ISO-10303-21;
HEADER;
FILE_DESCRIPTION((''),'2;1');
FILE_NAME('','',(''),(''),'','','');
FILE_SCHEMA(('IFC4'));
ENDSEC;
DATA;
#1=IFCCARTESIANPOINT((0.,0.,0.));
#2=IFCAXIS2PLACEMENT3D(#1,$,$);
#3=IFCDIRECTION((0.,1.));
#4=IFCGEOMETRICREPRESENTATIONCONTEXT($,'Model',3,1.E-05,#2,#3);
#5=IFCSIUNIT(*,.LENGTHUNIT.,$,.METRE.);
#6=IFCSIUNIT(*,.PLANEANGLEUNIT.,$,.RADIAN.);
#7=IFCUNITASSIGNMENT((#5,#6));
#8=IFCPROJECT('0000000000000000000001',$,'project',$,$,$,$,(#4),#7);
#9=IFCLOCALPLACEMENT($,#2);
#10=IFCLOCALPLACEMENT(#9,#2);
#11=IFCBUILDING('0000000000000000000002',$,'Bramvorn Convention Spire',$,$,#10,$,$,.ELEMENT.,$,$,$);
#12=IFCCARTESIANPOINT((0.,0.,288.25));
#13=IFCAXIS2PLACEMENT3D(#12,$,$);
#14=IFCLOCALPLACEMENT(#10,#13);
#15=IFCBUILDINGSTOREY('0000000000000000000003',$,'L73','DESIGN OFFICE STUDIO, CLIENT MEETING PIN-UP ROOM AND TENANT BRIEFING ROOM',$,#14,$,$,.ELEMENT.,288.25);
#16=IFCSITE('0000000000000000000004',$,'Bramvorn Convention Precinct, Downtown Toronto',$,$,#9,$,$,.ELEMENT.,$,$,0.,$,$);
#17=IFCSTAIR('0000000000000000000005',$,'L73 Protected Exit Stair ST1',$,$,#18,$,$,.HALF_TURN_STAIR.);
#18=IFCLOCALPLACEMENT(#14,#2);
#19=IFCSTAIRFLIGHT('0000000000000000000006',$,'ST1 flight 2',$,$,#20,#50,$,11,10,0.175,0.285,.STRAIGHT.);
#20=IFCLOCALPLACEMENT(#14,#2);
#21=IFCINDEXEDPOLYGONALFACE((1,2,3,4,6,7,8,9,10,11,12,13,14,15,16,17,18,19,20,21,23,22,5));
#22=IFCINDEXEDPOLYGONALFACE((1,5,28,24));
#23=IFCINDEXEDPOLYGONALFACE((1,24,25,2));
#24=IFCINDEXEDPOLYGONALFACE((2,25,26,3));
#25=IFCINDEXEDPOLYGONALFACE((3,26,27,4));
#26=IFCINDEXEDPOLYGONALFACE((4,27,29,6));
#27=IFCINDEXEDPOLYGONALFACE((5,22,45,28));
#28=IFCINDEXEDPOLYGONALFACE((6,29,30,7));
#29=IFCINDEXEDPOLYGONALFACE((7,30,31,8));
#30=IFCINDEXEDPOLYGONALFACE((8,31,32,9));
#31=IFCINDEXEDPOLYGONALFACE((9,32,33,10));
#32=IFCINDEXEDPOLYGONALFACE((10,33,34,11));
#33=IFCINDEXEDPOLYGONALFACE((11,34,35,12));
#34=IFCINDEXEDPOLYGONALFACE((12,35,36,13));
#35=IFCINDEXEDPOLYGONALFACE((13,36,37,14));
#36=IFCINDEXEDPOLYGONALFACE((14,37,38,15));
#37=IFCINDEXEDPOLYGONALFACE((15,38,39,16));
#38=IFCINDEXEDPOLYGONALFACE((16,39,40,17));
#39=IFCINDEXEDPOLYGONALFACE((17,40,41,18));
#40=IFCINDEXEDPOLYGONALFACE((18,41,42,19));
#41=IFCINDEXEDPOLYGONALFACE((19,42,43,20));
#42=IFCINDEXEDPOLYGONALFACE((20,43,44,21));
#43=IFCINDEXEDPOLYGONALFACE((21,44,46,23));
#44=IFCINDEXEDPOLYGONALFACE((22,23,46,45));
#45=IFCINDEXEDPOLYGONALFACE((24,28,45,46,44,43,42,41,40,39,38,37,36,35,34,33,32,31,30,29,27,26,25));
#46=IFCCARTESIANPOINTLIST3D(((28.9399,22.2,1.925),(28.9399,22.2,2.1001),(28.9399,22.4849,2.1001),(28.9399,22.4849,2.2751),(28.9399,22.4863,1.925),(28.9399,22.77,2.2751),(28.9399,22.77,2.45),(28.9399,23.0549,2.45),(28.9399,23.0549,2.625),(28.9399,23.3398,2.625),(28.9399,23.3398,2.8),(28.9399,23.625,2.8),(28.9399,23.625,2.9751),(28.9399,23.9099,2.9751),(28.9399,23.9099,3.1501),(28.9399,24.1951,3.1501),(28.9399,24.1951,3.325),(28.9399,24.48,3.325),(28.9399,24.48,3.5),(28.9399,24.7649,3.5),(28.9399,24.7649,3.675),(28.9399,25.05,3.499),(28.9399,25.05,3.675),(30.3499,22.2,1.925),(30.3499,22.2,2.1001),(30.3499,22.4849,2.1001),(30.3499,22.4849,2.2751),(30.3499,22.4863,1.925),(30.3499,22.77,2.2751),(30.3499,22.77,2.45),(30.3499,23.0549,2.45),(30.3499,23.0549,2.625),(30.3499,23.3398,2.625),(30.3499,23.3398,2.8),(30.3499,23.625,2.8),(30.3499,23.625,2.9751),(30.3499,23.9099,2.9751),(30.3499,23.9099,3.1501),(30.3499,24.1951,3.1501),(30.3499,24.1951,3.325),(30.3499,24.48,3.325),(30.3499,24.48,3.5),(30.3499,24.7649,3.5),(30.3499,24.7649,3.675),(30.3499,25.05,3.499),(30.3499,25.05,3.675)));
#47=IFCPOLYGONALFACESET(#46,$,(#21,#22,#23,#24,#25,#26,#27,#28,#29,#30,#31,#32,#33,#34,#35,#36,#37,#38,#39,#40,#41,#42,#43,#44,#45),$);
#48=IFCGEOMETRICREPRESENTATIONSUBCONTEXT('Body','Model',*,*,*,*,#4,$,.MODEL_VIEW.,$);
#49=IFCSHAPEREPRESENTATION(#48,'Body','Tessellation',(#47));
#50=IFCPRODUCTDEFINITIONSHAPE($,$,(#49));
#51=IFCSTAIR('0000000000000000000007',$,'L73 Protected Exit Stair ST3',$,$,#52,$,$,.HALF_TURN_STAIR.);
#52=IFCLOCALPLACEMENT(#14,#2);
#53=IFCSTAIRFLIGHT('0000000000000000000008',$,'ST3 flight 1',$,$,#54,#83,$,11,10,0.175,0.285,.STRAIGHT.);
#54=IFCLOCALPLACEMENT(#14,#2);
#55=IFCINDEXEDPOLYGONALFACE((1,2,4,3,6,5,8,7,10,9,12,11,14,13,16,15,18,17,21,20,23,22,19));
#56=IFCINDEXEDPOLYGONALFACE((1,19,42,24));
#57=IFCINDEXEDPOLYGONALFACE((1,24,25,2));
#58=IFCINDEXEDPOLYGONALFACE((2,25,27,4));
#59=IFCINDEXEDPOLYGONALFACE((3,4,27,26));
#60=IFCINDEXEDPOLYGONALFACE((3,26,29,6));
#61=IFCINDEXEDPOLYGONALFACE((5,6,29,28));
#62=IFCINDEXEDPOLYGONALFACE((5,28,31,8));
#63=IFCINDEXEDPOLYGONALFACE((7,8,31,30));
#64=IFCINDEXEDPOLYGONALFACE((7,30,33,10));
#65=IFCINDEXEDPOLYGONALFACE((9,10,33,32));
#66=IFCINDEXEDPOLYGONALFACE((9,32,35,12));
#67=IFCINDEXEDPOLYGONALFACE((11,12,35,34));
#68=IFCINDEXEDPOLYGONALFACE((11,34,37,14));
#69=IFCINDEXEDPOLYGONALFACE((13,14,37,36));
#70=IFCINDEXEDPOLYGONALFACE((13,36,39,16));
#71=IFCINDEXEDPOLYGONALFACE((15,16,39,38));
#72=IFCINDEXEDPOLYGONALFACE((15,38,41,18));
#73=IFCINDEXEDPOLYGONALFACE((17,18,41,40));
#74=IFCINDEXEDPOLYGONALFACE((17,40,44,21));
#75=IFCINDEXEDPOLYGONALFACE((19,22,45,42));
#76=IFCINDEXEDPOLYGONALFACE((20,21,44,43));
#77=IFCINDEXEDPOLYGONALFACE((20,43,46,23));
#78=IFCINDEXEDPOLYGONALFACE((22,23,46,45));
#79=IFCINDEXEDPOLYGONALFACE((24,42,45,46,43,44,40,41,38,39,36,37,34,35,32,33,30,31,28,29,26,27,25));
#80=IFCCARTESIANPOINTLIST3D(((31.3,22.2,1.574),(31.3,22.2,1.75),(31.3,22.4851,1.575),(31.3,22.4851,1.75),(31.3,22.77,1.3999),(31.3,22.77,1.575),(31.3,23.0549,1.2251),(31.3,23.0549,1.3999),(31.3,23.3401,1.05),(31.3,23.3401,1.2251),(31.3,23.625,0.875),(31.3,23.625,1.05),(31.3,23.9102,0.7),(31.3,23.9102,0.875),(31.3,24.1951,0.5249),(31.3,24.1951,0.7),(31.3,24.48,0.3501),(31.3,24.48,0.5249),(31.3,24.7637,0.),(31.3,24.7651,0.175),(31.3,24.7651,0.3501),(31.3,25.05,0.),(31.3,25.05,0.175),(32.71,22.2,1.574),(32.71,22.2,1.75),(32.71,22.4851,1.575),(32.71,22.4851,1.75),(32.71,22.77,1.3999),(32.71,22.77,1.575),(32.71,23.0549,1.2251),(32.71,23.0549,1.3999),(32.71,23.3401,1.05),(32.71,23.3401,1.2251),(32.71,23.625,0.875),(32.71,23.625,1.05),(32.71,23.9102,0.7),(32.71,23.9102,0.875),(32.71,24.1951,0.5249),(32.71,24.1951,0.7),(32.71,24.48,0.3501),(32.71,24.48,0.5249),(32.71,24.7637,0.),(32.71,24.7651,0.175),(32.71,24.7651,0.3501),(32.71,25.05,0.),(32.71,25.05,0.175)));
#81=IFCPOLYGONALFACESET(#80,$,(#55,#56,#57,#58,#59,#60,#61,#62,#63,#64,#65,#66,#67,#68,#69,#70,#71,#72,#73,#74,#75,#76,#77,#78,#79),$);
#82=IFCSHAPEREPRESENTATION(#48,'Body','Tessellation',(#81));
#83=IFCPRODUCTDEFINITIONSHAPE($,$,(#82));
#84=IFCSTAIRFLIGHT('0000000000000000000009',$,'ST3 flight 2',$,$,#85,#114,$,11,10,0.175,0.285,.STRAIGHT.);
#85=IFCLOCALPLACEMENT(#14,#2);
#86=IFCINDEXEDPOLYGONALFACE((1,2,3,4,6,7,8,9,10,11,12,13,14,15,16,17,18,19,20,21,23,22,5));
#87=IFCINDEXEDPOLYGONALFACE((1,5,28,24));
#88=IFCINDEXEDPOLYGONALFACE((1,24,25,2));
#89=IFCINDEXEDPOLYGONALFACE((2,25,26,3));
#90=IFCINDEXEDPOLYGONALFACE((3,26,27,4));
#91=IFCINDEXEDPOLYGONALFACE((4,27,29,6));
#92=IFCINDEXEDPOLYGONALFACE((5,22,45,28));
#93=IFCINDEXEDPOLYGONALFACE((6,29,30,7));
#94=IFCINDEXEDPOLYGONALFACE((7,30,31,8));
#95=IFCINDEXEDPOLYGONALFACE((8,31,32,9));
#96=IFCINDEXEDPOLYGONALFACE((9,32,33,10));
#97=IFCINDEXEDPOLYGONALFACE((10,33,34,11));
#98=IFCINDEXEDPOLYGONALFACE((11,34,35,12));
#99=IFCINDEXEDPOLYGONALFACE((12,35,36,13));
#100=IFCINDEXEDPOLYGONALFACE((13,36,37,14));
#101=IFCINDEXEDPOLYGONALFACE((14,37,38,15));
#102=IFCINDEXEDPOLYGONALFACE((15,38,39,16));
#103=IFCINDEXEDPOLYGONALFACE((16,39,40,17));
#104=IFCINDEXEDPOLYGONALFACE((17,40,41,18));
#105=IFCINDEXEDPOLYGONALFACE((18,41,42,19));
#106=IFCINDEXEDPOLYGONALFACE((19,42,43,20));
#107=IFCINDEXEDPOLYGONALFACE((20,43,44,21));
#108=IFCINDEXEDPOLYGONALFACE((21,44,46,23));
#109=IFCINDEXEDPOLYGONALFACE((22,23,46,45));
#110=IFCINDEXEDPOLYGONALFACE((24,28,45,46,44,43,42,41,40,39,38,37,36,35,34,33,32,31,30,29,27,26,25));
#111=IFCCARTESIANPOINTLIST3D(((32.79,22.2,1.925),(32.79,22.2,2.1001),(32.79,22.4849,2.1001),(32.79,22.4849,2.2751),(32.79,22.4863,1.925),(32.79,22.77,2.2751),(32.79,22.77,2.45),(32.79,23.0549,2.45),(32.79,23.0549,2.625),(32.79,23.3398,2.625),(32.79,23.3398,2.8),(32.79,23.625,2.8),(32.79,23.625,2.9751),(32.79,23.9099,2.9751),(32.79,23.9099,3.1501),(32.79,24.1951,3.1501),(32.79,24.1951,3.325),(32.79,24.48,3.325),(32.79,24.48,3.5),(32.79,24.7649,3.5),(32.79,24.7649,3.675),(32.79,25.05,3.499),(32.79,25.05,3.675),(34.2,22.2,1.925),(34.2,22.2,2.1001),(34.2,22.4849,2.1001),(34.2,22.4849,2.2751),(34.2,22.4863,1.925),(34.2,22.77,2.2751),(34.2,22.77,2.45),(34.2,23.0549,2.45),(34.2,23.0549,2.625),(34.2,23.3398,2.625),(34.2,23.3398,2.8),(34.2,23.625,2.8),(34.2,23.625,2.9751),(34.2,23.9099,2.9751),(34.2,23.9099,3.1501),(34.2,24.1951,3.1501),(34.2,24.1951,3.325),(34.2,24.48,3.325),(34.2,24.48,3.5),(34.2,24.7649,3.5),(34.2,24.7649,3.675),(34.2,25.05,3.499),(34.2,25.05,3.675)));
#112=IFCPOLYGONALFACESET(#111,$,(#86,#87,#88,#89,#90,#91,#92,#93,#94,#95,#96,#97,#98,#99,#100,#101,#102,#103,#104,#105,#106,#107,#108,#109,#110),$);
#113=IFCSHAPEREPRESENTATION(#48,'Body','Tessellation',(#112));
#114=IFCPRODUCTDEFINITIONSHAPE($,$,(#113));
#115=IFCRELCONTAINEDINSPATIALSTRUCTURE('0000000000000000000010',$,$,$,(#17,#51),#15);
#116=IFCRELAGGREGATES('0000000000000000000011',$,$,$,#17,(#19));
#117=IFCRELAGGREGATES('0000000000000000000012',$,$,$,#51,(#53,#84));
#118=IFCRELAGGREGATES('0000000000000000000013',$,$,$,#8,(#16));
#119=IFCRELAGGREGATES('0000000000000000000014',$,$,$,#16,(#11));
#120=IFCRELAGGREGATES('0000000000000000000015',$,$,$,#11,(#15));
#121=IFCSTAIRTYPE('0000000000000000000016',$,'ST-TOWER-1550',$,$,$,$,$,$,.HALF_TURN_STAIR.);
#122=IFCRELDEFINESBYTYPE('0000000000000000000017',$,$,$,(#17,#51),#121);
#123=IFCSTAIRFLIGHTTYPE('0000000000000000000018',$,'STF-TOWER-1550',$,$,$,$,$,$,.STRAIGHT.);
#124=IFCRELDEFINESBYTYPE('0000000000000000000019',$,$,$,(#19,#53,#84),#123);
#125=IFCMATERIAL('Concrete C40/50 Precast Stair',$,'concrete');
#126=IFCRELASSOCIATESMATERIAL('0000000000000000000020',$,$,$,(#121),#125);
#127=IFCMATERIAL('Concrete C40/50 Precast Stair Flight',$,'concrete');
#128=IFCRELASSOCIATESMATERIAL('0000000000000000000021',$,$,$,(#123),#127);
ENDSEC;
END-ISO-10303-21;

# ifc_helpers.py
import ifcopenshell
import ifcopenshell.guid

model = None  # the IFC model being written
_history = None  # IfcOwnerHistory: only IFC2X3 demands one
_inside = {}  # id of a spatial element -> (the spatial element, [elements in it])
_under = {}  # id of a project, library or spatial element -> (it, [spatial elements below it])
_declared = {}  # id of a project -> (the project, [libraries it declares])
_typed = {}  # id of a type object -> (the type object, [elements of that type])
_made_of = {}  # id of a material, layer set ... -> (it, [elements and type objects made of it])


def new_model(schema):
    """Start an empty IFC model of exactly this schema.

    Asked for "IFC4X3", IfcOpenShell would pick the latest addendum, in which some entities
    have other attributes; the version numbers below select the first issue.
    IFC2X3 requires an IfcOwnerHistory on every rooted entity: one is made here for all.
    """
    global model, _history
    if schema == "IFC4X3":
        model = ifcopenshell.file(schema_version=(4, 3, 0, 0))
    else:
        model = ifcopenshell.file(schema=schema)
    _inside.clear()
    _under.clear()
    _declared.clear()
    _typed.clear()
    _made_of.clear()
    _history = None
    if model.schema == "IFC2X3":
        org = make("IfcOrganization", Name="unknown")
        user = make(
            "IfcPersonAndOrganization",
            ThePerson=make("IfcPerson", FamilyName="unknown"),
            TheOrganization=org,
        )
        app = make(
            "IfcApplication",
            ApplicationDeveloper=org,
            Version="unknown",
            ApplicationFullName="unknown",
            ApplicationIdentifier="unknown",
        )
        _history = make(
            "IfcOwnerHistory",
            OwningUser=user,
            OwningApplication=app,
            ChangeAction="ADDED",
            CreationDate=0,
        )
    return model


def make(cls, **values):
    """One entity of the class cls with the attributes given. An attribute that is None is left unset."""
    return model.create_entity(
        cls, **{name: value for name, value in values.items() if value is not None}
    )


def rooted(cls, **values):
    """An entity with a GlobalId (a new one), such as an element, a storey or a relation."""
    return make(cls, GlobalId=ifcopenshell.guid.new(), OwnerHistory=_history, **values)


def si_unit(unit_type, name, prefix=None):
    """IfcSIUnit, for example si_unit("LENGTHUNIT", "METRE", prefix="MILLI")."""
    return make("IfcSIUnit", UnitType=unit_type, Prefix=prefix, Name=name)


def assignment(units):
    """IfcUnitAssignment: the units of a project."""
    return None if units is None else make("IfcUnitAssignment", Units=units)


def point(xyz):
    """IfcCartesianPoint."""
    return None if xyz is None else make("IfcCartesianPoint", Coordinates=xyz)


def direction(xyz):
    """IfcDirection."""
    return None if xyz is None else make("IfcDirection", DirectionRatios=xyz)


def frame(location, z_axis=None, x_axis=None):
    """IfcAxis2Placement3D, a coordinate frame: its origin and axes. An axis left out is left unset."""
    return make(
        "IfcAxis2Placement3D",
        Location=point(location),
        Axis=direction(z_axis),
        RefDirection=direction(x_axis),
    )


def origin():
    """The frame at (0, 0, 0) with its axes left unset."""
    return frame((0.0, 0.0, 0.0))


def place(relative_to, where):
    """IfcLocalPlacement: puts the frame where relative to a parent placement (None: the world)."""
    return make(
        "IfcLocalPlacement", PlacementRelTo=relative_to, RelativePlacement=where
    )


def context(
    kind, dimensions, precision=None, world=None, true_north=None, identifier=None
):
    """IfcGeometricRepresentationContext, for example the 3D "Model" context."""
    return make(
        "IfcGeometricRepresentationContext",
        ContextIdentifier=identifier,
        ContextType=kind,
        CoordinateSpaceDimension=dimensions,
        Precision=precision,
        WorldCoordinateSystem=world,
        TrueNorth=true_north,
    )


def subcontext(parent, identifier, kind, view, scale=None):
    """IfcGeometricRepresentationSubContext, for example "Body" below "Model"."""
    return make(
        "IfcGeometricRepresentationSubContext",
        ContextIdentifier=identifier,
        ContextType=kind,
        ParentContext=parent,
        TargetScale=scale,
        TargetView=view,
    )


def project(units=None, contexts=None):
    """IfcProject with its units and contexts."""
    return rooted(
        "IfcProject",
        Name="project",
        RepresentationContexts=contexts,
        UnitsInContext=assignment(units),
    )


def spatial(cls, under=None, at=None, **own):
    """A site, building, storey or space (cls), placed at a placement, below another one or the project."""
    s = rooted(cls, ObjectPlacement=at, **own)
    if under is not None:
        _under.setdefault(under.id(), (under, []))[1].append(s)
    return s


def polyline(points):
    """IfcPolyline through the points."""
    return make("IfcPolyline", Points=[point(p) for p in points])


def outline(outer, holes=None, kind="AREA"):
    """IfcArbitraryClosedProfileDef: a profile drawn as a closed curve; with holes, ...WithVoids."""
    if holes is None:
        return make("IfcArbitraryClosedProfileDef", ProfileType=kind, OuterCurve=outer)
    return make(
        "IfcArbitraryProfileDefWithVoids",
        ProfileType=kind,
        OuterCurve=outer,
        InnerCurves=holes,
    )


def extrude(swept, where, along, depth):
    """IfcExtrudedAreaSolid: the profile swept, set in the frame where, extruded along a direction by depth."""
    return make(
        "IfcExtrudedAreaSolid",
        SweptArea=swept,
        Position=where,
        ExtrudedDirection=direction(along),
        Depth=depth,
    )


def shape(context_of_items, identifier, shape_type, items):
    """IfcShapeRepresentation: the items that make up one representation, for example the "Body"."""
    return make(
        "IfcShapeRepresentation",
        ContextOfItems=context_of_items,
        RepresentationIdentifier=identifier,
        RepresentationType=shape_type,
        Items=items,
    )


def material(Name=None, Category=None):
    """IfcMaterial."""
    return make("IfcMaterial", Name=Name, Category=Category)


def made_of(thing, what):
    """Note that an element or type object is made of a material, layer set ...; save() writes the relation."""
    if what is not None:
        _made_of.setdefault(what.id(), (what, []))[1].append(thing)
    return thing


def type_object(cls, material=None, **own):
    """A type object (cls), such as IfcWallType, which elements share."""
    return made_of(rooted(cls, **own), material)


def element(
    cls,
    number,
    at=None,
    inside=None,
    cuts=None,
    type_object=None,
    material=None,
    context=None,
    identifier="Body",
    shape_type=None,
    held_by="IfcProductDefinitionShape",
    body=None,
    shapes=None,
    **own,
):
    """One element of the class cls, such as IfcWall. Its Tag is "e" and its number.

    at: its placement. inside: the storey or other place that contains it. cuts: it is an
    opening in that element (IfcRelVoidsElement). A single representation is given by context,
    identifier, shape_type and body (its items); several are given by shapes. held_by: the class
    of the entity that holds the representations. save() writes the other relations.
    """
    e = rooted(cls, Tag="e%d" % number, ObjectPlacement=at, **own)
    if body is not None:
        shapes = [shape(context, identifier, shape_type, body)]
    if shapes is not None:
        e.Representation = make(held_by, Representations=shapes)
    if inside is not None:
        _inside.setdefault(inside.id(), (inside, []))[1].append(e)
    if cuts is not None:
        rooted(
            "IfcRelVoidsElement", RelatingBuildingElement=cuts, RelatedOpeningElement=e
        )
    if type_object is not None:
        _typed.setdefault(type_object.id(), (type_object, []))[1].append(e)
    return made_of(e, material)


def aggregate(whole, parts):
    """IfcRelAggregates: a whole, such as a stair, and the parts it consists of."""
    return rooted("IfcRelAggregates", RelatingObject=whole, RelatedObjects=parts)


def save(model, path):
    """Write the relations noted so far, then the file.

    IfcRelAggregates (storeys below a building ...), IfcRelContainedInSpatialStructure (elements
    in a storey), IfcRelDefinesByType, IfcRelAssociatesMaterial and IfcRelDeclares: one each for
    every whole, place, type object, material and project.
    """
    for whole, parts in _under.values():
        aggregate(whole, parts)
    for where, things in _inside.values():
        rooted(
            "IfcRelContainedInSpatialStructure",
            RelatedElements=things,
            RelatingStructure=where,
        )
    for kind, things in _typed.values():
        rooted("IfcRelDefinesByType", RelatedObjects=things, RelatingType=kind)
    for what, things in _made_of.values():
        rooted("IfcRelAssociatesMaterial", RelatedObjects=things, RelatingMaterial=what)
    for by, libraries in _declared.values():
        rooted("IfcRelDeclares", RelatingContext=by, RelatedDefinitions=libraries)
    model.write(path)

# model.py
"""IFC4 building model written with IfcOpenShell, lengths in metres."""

from ifc_helpers import new_model, si_unit, direction, frame, origin, place, context, subcontext, project, spatial, polyline, outline, extrude, material, type_object, element, aggregate, save


model = new_model("IFC4")

# Units and contexts
model_context = context("Model", 3, precision=1e-05, world=origin(), true_north=direction((0.0, 1.0)))
body_context = subcontext(model_context, "Body", "Model", "MODEL_VIEW")
ifc_project = project(units=[si_unit("LENGTHUNIT", "METRE"), si_unit("PLANEANGLEUNIT", "RADIAN")], contexts=[model_context])

# Site, building, storey
site_placement = place(None, origin())
site = spatial("IfcSite", under=ifc_project, at=site_placement, Name="Bramvorn Convention Precinct, Downtown Toronto", CompositionType="ELEMENT", RefElevation=0.0)
building_placement = place(site_placement, origin())
building = spatial("IfcBuilding", under=site, at=building_placement, Name="Bramvorn Convention Spire", CompositionType="ELEMENT")
storey_placement = place(building_placement, frame((0.0, 0.0, 288.25)))
storey = spatial("IfcBuildingStorey", under=building, at=storey_placement, Name="L73", Description="DESIGN OFFICE STUDIO, CLIENT MEETING PIN-UP ROOM AND TENANT BRIEFING ROOM", CompositionType="ELEMENT", Elevation=288.25)

# Stairs, stair flights
ifc_material_1 = material(Name="Concrete C40/50 Precast Stair", Category="concrete")
stair_type = type_object("IfcStairType", Name="ST-TOWER-1550", PredefinedType="HALF_TURN_STAIR", material=ifc_material_1)
stair_1_placement = place(storey_placement, origin())
stair_1 = element("IfcStair", 1, at=stair_1_placement, inside=storey, type_object=stair_type, Name="L73 Protected Exit Stair ST1", PredefinedType="HALF_TURN_STAIR")
ifc_material_2 = material(Name="Concrete C40/50 Precast Stair Flight", Category="concrete")
stair_flight_type = type_object("IfcStairFlightType", Name="STF-TOWER-1550", PredefinedType="STRAIGHT", material=ifc_material_2)
stair_flight_1_placement = place(storey_placement, frame((29.645, 22.2, 1.925), z_axis=(0.0, 0.0, 1.0), x_axis=(0.0, 1.0, 0.0)))
stair_flight_1 = element("IfcStairFlight", 2, at=stair_flight_1_placement, type_object=stair_flight_type, Name="ST1 flight 2", NumberOfRisers=11, NumberOfTreads=10, PredefinedType="STRAIGHT", RiserHeight=0.175, TreadLength=0.285, context=body_context, shape_type="SweptSolid", body=[
    extrude(outline(polyline([(0.0, 0.0), (0.0, 0.175), (0.2849, 0.175), (0.2849, 0.3501), (0.5701, 0.3501), (0.5701, 0.5249), (0.855, 0.5249), (0.855, 0.7), (1.1399, 0.7), (1.1399, 0.875), (1.425, 0.875), (1.425, 1.05), (1.71, 1.05), (1.71, 1.2251), (1.9951, 1.2251), (1.9951, 1.3999), (2.28, 1.3999), (2.28, 1.575), (2.5649, 1.575), (2.5649, 1.75), (2.8501, 1.75), (2.8501, 1.925), (2.8501, 1.574), (0.2864, 0.0), (0.0, 0.0)])), frame((0.0, 0.7051, 0.0), z_axis=(0.0, -1.0, 0.0), x_axis=(1.0, 0.0, 0.0)), (0.0, 0.0, 1.0), 1.4099),
])
aggregate(stair_1, [stair_flight_1])
stair_2_placement = place(storey_placement, origin())
stair_2 = element("IfcStair", 3, at=stair_2_placement, inside=storey, type_object=stair_type, Name="L73 Protected Exit Stair ST3", PredefinedType="HALF_TURN_STAIR")
stair_flight_2_placement = place(storey_placement, frame((32.0049, 25.05, 0.0), z_axis=(0.0, 0.0, 1.0), x_axis=(0.0, -1.0, 0.0)))
stair_flight_2 = element("IfcStairFlight", 4, at=stair_flight_2_placement, type_object=stair_flight_type, Name="ST3 flight 1", NumberOfRisers=11, NumberOfTreads=10, PredefinedType="STRAIGHT", RiserHeight=0.175, TreadLength=0.285, context=body_context, shape_type="SweptSolid", body=[
    extrude(outline(polyline([(0.0, 0.0), (0.0, 0.175), (0.2849, 0.175), (0.2849, 0.3501), (0.5701, 0.3501), (0.5701, 0.5249), (0.855, 0.5249), (0.855, 0.7), (1.1399, 0.7), (1.1399, 0.875), (1.425, 0.875), (1.425, 1.05), (1.71, 1.05), (1.71, 1.2251), (1.9951, 1.2251), (1.9951, 1.3999), (2.28, 1.3999), (2.28, 1.575), (2.5649, 1.575), (2.5649, 1.75), (2.8501, 1.75), (2.8501, 1.925), (2.8501, 1.574), (0.2864, 0.0), (0.0, 0.0)])), frame((0.0, 0.7051, 0.0), z_axis=(0.0, -1.0, 0.0), x_axis=(1.0, 0.0, 0.0)), (0.0, 0.0, 1.0), 1.4099),
])
stair_flight_3_placement = place(storey_placement, frame((33.4951, 22.2, 1.925), z_axis=(0.0, 0.0, 1.0), x_axis=(0.0, 1.0, 0.0)))
stair_flight_3 = element("IfcStairFlight", 5, at=stair_flight_3_placement, type_object=stair_flight_type, Name="ST3 flight 2", NumberOfRisers=11, NumberOfTreads=10, PredefinedType="STRAIGHT", RiserHeight=0.175, TreadLength=0.285, context=body_context, shape_type="SweptSolid", body=[
    extrude(outline(polyline([(0.0, 0.0), (0.0, 0.175), (0.2849, 0.175), (0.2849, 0.3501), (0.5701, 0.3501), (0.5701, 0.5249), (0.855, 0.5249), (0.855, 0.7), (1.1399, 0.7), (1.1399, 0.875), (1.425, 0.875), (1.425, 1.05), (1.71, 1.05), (1.71, 1.2251), (1.9951, 1.2251), (1.9951, 1.3999), (2.28, 1.3999), (2.28, 1.575), (2.5649, 1.575), (2.5649, 1.75), (2.8501, 1.75), (2.8501, 1.925), (2.8501, 1.574), (0.2864, 0.0), (0.0, 0.0)])), frame((0.0, 0.7051, 0.0), z_axis=(0.0, -1.0, 0.0), x_axis=(1.0, 0.0, 0.0)), (0.0, 0.0, 1.0), 1.4099),
])
aggregate(stair_2, [stair_flight_2, stair_flight_3])

save(model, "model.ifc")
